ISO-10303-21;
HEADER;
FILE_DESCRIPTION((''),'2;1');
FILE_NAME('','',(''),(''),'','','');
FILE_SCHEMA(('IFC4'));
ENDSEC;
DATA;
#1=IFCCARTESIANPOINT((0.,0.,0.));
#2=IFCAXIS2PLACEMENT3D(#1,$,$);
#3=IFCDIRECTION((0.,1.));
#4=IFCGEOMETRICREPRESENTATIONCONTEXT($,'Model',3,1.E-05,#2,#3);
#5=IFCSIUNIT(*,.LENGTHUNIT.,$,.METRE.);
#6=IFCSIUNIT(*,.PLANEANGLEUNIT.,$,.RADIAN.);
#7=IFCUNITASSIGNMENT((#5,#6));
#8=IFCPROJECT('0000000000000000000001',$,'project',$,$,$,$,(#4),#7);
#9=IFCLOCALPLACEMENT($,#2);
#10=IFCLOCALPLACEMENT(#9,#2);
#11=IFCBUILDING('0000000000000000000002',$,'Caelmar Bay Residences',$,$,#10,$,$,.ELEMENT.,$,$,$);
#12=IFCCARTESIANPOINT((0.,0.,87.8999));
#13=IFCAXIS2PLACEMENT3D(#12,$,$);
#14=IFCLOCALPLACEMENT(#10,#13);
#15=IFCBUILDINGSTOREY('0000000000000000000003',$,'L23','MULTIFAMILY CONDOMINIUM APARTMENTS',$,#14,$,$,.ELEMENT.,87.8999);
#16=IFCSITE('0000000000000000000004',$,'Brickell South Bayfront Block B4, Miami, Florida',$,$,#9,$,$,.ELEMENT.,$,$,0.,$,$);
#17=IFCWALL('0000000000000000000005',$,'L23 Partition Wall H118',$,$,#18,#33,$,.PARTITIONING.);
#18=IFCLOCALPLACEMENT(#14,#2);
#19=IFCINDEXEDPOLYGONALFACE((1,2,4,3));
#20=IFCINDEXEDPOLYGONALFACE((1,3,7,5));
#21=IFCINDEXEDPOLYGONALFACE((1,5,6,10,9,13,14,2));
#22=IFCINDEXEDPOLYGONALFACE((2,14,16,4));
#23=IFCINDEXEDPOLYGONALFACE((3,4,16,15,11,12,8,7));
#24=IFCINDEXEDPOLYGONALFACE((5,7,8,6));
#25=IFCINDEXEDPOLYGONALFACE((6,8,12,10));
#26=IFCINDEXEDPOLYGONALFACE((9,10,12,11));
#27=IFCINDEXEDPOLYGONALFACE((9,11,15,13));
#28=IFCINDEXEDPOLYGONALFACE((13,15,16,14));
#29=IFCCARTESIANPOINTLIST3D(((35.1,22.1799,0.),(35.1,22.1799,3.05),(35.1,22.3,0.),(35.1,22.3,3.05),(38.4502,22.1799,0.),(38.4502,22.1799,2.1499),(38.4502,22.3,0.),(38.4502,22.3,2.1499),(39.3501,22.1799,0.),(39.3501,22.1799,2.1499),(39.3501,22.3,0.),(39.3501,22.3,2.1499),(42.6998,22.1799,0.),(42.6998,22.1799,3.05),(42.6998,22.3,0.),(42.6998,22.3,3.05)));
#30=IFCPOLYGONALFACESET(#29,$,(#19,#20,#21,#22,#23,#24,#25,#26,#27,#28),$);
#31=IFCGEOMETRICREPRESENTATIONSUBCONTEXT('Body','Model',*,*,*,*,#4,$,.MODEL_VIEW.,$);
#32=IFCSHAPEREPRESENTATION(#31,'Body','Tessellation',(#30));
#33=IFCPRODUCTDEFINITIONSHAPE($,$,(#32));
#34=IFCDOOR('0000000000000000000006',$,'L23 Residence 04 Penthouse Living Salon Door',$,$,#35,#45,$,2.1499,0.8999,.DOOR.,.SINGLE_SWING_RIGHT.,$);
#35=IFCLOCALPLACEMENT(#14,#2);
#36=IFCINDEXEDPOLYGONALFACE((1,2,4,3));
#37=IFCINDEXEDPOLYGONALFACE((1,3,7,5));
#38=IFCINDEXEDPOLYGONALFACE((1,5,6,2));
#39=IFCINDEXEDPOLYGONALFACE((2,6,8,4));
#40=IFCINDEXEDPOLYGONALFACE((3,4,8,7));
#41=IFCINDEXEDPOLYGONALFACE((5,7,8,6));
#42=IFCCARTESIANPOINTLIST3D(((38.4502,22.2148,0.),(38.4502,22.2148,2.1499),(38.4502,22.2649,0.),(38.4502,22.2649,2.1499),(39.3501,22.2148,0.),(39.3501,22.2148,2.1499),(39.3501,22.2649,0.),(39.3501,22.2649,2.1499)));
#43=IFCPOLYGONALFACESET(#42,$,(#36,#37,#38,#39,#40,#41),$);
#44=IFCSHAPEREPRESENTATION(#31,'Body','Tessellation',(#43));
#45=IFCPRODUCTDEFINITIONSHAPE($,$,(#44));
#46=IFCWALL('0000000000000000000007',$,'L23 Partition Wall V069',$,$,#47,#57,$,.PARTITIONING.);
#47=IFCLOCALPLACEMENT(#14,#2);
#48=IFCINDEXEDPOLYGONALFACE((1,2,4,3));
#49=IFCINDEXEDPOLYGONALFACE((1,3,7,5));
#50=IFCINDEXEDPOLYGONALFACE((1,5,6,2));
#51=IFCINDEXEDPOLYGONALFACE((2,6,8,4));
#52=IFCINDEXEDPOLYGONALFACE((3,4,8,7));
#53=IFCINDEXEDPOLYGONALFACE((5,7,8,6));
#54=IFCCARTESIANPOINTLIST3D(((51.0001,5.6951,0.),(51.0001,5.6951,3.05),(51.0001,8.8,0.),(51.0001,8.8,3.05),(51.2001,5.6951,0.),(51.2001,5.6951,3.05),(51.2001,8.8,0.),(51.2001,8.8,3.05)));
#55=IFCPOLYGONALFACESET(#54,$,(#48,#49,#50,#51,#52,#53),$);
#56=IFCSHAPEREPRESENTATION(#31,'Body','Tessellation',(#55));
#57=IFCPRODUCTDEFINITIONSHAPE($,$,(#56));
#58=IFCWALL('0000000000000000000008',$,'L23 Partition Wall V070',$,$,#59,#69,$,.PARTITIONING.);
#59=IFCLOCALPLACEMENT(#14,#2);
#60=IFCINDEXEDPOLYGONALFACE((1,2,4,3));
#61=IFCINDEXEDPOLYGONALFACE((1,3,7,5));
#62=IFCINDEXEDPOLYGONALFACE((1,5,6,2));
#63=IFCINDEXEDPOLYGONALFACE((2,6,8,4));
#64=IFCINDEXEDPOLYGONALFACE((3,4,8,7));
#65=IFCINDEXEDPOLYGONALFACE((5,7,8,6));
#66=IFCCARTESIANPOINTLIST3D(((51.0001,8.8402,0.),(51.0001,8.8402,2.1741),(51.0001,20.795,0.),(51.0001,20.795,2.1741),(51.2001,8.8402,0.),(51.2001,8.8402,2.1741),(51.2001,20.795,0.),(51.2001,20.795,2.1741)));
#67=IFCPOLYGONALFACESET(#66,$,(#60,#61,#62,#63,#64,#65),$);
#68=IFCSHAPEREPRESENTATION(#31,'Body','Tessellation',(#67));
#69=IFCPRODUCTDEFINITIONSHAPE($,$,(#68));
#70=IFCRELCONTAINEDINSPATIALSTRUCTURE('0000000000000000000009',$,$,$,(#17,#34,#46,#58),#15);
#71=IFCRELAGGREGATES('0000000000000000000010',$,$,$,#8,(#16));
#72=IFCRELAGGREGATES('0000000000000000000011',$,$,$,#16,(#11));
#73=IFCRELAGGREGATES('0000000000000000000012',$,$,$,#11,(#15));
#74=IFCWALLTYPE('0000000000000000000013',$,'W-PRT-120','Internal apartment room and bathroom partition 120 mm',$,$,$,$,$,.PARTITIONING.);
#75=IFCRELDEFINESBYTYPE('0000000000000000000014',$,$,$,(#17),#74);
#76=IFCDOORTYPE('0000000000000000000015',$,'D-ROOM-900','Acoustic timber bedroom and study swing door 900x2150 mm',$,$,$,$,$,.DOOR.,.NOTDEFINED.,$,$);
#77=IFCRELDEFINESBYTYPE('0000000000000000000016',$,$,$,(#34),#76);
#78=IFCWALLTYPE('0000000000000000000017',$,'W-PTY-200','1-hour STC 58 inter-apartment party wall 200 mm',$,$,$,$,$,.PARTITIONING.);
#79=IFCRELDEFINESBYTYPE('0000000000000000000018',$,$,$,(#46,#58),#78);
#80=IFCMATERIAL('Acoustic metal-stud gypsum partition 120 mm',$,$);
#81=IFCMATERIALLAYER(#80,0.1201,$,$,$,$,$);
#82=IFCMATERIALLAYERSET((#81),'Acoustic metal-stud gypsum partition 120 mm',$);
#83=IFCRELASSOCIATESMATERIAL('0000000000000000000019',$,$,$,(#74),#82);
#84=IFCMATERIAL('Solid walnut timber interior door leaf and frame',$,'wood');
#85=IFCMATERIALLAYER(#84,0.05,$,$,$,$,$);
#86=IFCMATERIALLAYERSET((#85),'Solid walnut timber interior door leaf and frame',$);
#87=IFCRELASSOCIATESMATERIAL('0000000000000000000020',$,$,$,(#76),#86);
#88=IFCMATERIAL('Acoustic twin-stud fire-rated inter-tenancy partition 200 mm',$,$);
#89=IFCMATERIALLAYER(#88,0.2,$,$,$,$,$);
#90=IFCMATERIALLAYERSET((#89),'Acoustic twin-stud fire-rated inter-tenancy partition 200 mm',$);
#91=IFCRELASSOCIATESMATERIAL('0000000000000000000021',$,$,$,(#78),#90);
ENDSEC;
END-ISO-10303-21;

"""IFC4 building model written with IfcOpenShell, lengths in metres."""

from ifc_helpers import new_model, si_unit, direction, frame, frame_2d, origin, place, context, subcontext, project, spatial, rectangle, extrude, material, layer, layer_set, type_object, element, fill, save


model = new_model("IFC4")

# Units and contexts
model_context = context("Model", 3, precision=1e-05, world=origin(), true_north=direction((0.0, 1.0)))
body_context = subcontext(model_context, "Body", "Model", "MODEL_VIEW")
ifc_project = project(units=[si_unit("LENGTHUNIT", "METRE"), si_unit("PLANEANGLEUNIT", "RADIAN")], contexts=[model_context])

# Site, building, storey
site_placement = place(None, origin())
site = spatial("IfcSite", under=ifc_project, at=site_placement, Name="Brickell South Bayfront Block B4, Miami, Florida", CompositionType="ELEMENT", RefElevation=0.0)
building_placement = place(site_placement, origin())
building = spatial("IfcBuilding", under=site, at=building_placement, Name="Caelmar Bay Residences", CompositionType="ELEMENT")
storey_placement = place(building_placement, frame((0.0, 0.0, 87.8999)))
storey = spatial("IfcBuildingStorey", under=building, at=storey_placement, Name="L23", Description="MULTIFAMILY CONDOMINIUM APARTMENTS", CompositionType="ELEMENT", Elevation=87.8999)

# Shared definitions
ifc_material_1 = material(Name="Acoustic metal-stud gypsum partition 120 mm")
ifc_layer_1 = layer(ifc_material_1, 0.1201)
ifc_layer_set_1 = layer_set([ifc_layer_1], Name="Acoustic metal-stud gypsum partition 120 mm")
wall_type_1 = type_object("IfcWallType", Name="W-PRT-120", Description="Internal apartment room and bathroom partition 120 mm", PredefinedType="PARTITIONING", material=ifc_layer_set_1)

# Wall, opening, door
ifc_material_2 = material(Name="Solid walnut timber interior door leaf and frame", Category="wood")
ifc_layer_2 = layer(ifc_material_2, 0.05)
ifc_layer_set_2 = layer_set([ifc_layer_2], Name="Solid walnut timber interior door leaf and frame")
door_type = type_object("IfcDoorType", Name="D-ROOM-900", Description="Acoustic timber bedroom and study swing door 900x2150 mm", OperationType="NOTDEFINED", PredefinedType="DOOR", material=ifc_layer_set_2)
wall_1_placement = place(storey_placement, frame((35.1001, 22.24, 0.0), z_axis=(0.0, 0.0, 1.0), x_axis=(1.0, 0.0, 0.0)))
wall_1 = element("IfcWall", 1, at=wall_1_placement, inside=storey, type_object=wall_type_1, Name="L23 Partition Wall H118", PredefinedType="PARTITIONING", context=body_context, shape_type="SweptSolid", body=[
    extrude(rectangle(XDim=7.5999, YDim=0.1201, at=frame_2d((3.7998, 0.0))), origin(), (0.0, 0.0, 1.0), 3.05),
])
opening_1_placement = place(wall_1_placement, frame((3.3501, 0.0, 0.0)))
opening_1 = element("IfcOpeningElement", 2, at=opening_1_placement, cuts=wall_1, PredefinedType="OPENING", context=body_context, shape_type="SweptSolid", body=[
    extrude(rectangle(XDim=0.8999, YDim=2.1499, at=frame_2d((0.45, 1.075))), frame((0.0, 0.0701, 0.0), z_axis=(0.0, -1.0, 0.0), x_axis=(1.0, 0.0, 0.0)), (0.0, 0.0, 1.0), 0.1401),
])
door_1_placement = place(opening_1_placement, origin())
door_1 = element("IfcDoor", 3, at=door_1_placement, inside=storey, type_object=door_type, Name="L23 Residence 04 Penthouse Living Salon Door", OperationType="SINGLE_SWING_RIGHT", OverallHeight=2.1499, OverallWidth=0.8999, PredefinedType="DOOR", context=body_context, shape_type="SweptSolid", body=[
    extrude(rectangle(XDim=0.8999, YDim=2.1499, at=frame_2d((0.45, 1.075))), frame((0.0, 0.0249, 0.0), z_axis=(0.0, -1.0, 0.0), x_axis=(1.0, 0.0, 0.0)), (0.0, 0.0, 1.0), 0.05),
])
fill(opening_1, door_1)

# Walls
ifc_material_3 = material(Name="Acoustic twin-stud fire-rated inter-tenancy partition 200 mm")
ifc_layer_3 = layer(ifc_material_3, 0.2)
ifc_layer_set_3 = layer_set([ifc_layer_3], Name="Acoustic twin-stud fire-rated inter-tenancy partition 200 mm")
wall_type_2 = type_object("IfcWallType", Name="W-PTY-200", Description="1-hour STC 58 inter-apartment party wall 200 mm", PredefinedType="PARTITIONING", material=ifc_layer_set_3)
wall_2_placement = place(storey_placement, frame((51.1001, 5.6951, 0.0), z_axis=(0.0, 0.0, 1.0), x_axis=(0.0, 1.0, 0.0)))
element("IfcWall", 4, at=wall_2_placement, inside=storey, type_object=wall_type_2, Name="L23 Partition Wall V069", PredefinedType="PARTITIONING", context=body_context, shape_type="SweptSolid", body=[
    extrude(rectangle(XDim=3.105, YDim=0.2, at=frame_2d((1.5525, 0.0))), origin(), (0.0, 0.0, 1.0), 3.05),
])
wall_3_placement = place(storey_placement, frame((51.1001, 8.8401, 0.0), z_axis=(0.0, 0.0, 1.0), x_axis=(0.0, 1.0, 0.0)))
element("IfcWall", 5, at=wall_3_placement, inside=storey, type_object=wall_type_2, Name="L23 Partition Wall V070", PredefinedType="PARTITIONING", context=body_context, shape_type="SweptSolid", body=[
    extrude(rectangle(XDim=11.9548, YDim=0.2, at=frame_2d((5.9775, 0.0))), origin(), (0.0, 0.0, 1.0), 2.1741),
])

save(model, "model.ifc")
